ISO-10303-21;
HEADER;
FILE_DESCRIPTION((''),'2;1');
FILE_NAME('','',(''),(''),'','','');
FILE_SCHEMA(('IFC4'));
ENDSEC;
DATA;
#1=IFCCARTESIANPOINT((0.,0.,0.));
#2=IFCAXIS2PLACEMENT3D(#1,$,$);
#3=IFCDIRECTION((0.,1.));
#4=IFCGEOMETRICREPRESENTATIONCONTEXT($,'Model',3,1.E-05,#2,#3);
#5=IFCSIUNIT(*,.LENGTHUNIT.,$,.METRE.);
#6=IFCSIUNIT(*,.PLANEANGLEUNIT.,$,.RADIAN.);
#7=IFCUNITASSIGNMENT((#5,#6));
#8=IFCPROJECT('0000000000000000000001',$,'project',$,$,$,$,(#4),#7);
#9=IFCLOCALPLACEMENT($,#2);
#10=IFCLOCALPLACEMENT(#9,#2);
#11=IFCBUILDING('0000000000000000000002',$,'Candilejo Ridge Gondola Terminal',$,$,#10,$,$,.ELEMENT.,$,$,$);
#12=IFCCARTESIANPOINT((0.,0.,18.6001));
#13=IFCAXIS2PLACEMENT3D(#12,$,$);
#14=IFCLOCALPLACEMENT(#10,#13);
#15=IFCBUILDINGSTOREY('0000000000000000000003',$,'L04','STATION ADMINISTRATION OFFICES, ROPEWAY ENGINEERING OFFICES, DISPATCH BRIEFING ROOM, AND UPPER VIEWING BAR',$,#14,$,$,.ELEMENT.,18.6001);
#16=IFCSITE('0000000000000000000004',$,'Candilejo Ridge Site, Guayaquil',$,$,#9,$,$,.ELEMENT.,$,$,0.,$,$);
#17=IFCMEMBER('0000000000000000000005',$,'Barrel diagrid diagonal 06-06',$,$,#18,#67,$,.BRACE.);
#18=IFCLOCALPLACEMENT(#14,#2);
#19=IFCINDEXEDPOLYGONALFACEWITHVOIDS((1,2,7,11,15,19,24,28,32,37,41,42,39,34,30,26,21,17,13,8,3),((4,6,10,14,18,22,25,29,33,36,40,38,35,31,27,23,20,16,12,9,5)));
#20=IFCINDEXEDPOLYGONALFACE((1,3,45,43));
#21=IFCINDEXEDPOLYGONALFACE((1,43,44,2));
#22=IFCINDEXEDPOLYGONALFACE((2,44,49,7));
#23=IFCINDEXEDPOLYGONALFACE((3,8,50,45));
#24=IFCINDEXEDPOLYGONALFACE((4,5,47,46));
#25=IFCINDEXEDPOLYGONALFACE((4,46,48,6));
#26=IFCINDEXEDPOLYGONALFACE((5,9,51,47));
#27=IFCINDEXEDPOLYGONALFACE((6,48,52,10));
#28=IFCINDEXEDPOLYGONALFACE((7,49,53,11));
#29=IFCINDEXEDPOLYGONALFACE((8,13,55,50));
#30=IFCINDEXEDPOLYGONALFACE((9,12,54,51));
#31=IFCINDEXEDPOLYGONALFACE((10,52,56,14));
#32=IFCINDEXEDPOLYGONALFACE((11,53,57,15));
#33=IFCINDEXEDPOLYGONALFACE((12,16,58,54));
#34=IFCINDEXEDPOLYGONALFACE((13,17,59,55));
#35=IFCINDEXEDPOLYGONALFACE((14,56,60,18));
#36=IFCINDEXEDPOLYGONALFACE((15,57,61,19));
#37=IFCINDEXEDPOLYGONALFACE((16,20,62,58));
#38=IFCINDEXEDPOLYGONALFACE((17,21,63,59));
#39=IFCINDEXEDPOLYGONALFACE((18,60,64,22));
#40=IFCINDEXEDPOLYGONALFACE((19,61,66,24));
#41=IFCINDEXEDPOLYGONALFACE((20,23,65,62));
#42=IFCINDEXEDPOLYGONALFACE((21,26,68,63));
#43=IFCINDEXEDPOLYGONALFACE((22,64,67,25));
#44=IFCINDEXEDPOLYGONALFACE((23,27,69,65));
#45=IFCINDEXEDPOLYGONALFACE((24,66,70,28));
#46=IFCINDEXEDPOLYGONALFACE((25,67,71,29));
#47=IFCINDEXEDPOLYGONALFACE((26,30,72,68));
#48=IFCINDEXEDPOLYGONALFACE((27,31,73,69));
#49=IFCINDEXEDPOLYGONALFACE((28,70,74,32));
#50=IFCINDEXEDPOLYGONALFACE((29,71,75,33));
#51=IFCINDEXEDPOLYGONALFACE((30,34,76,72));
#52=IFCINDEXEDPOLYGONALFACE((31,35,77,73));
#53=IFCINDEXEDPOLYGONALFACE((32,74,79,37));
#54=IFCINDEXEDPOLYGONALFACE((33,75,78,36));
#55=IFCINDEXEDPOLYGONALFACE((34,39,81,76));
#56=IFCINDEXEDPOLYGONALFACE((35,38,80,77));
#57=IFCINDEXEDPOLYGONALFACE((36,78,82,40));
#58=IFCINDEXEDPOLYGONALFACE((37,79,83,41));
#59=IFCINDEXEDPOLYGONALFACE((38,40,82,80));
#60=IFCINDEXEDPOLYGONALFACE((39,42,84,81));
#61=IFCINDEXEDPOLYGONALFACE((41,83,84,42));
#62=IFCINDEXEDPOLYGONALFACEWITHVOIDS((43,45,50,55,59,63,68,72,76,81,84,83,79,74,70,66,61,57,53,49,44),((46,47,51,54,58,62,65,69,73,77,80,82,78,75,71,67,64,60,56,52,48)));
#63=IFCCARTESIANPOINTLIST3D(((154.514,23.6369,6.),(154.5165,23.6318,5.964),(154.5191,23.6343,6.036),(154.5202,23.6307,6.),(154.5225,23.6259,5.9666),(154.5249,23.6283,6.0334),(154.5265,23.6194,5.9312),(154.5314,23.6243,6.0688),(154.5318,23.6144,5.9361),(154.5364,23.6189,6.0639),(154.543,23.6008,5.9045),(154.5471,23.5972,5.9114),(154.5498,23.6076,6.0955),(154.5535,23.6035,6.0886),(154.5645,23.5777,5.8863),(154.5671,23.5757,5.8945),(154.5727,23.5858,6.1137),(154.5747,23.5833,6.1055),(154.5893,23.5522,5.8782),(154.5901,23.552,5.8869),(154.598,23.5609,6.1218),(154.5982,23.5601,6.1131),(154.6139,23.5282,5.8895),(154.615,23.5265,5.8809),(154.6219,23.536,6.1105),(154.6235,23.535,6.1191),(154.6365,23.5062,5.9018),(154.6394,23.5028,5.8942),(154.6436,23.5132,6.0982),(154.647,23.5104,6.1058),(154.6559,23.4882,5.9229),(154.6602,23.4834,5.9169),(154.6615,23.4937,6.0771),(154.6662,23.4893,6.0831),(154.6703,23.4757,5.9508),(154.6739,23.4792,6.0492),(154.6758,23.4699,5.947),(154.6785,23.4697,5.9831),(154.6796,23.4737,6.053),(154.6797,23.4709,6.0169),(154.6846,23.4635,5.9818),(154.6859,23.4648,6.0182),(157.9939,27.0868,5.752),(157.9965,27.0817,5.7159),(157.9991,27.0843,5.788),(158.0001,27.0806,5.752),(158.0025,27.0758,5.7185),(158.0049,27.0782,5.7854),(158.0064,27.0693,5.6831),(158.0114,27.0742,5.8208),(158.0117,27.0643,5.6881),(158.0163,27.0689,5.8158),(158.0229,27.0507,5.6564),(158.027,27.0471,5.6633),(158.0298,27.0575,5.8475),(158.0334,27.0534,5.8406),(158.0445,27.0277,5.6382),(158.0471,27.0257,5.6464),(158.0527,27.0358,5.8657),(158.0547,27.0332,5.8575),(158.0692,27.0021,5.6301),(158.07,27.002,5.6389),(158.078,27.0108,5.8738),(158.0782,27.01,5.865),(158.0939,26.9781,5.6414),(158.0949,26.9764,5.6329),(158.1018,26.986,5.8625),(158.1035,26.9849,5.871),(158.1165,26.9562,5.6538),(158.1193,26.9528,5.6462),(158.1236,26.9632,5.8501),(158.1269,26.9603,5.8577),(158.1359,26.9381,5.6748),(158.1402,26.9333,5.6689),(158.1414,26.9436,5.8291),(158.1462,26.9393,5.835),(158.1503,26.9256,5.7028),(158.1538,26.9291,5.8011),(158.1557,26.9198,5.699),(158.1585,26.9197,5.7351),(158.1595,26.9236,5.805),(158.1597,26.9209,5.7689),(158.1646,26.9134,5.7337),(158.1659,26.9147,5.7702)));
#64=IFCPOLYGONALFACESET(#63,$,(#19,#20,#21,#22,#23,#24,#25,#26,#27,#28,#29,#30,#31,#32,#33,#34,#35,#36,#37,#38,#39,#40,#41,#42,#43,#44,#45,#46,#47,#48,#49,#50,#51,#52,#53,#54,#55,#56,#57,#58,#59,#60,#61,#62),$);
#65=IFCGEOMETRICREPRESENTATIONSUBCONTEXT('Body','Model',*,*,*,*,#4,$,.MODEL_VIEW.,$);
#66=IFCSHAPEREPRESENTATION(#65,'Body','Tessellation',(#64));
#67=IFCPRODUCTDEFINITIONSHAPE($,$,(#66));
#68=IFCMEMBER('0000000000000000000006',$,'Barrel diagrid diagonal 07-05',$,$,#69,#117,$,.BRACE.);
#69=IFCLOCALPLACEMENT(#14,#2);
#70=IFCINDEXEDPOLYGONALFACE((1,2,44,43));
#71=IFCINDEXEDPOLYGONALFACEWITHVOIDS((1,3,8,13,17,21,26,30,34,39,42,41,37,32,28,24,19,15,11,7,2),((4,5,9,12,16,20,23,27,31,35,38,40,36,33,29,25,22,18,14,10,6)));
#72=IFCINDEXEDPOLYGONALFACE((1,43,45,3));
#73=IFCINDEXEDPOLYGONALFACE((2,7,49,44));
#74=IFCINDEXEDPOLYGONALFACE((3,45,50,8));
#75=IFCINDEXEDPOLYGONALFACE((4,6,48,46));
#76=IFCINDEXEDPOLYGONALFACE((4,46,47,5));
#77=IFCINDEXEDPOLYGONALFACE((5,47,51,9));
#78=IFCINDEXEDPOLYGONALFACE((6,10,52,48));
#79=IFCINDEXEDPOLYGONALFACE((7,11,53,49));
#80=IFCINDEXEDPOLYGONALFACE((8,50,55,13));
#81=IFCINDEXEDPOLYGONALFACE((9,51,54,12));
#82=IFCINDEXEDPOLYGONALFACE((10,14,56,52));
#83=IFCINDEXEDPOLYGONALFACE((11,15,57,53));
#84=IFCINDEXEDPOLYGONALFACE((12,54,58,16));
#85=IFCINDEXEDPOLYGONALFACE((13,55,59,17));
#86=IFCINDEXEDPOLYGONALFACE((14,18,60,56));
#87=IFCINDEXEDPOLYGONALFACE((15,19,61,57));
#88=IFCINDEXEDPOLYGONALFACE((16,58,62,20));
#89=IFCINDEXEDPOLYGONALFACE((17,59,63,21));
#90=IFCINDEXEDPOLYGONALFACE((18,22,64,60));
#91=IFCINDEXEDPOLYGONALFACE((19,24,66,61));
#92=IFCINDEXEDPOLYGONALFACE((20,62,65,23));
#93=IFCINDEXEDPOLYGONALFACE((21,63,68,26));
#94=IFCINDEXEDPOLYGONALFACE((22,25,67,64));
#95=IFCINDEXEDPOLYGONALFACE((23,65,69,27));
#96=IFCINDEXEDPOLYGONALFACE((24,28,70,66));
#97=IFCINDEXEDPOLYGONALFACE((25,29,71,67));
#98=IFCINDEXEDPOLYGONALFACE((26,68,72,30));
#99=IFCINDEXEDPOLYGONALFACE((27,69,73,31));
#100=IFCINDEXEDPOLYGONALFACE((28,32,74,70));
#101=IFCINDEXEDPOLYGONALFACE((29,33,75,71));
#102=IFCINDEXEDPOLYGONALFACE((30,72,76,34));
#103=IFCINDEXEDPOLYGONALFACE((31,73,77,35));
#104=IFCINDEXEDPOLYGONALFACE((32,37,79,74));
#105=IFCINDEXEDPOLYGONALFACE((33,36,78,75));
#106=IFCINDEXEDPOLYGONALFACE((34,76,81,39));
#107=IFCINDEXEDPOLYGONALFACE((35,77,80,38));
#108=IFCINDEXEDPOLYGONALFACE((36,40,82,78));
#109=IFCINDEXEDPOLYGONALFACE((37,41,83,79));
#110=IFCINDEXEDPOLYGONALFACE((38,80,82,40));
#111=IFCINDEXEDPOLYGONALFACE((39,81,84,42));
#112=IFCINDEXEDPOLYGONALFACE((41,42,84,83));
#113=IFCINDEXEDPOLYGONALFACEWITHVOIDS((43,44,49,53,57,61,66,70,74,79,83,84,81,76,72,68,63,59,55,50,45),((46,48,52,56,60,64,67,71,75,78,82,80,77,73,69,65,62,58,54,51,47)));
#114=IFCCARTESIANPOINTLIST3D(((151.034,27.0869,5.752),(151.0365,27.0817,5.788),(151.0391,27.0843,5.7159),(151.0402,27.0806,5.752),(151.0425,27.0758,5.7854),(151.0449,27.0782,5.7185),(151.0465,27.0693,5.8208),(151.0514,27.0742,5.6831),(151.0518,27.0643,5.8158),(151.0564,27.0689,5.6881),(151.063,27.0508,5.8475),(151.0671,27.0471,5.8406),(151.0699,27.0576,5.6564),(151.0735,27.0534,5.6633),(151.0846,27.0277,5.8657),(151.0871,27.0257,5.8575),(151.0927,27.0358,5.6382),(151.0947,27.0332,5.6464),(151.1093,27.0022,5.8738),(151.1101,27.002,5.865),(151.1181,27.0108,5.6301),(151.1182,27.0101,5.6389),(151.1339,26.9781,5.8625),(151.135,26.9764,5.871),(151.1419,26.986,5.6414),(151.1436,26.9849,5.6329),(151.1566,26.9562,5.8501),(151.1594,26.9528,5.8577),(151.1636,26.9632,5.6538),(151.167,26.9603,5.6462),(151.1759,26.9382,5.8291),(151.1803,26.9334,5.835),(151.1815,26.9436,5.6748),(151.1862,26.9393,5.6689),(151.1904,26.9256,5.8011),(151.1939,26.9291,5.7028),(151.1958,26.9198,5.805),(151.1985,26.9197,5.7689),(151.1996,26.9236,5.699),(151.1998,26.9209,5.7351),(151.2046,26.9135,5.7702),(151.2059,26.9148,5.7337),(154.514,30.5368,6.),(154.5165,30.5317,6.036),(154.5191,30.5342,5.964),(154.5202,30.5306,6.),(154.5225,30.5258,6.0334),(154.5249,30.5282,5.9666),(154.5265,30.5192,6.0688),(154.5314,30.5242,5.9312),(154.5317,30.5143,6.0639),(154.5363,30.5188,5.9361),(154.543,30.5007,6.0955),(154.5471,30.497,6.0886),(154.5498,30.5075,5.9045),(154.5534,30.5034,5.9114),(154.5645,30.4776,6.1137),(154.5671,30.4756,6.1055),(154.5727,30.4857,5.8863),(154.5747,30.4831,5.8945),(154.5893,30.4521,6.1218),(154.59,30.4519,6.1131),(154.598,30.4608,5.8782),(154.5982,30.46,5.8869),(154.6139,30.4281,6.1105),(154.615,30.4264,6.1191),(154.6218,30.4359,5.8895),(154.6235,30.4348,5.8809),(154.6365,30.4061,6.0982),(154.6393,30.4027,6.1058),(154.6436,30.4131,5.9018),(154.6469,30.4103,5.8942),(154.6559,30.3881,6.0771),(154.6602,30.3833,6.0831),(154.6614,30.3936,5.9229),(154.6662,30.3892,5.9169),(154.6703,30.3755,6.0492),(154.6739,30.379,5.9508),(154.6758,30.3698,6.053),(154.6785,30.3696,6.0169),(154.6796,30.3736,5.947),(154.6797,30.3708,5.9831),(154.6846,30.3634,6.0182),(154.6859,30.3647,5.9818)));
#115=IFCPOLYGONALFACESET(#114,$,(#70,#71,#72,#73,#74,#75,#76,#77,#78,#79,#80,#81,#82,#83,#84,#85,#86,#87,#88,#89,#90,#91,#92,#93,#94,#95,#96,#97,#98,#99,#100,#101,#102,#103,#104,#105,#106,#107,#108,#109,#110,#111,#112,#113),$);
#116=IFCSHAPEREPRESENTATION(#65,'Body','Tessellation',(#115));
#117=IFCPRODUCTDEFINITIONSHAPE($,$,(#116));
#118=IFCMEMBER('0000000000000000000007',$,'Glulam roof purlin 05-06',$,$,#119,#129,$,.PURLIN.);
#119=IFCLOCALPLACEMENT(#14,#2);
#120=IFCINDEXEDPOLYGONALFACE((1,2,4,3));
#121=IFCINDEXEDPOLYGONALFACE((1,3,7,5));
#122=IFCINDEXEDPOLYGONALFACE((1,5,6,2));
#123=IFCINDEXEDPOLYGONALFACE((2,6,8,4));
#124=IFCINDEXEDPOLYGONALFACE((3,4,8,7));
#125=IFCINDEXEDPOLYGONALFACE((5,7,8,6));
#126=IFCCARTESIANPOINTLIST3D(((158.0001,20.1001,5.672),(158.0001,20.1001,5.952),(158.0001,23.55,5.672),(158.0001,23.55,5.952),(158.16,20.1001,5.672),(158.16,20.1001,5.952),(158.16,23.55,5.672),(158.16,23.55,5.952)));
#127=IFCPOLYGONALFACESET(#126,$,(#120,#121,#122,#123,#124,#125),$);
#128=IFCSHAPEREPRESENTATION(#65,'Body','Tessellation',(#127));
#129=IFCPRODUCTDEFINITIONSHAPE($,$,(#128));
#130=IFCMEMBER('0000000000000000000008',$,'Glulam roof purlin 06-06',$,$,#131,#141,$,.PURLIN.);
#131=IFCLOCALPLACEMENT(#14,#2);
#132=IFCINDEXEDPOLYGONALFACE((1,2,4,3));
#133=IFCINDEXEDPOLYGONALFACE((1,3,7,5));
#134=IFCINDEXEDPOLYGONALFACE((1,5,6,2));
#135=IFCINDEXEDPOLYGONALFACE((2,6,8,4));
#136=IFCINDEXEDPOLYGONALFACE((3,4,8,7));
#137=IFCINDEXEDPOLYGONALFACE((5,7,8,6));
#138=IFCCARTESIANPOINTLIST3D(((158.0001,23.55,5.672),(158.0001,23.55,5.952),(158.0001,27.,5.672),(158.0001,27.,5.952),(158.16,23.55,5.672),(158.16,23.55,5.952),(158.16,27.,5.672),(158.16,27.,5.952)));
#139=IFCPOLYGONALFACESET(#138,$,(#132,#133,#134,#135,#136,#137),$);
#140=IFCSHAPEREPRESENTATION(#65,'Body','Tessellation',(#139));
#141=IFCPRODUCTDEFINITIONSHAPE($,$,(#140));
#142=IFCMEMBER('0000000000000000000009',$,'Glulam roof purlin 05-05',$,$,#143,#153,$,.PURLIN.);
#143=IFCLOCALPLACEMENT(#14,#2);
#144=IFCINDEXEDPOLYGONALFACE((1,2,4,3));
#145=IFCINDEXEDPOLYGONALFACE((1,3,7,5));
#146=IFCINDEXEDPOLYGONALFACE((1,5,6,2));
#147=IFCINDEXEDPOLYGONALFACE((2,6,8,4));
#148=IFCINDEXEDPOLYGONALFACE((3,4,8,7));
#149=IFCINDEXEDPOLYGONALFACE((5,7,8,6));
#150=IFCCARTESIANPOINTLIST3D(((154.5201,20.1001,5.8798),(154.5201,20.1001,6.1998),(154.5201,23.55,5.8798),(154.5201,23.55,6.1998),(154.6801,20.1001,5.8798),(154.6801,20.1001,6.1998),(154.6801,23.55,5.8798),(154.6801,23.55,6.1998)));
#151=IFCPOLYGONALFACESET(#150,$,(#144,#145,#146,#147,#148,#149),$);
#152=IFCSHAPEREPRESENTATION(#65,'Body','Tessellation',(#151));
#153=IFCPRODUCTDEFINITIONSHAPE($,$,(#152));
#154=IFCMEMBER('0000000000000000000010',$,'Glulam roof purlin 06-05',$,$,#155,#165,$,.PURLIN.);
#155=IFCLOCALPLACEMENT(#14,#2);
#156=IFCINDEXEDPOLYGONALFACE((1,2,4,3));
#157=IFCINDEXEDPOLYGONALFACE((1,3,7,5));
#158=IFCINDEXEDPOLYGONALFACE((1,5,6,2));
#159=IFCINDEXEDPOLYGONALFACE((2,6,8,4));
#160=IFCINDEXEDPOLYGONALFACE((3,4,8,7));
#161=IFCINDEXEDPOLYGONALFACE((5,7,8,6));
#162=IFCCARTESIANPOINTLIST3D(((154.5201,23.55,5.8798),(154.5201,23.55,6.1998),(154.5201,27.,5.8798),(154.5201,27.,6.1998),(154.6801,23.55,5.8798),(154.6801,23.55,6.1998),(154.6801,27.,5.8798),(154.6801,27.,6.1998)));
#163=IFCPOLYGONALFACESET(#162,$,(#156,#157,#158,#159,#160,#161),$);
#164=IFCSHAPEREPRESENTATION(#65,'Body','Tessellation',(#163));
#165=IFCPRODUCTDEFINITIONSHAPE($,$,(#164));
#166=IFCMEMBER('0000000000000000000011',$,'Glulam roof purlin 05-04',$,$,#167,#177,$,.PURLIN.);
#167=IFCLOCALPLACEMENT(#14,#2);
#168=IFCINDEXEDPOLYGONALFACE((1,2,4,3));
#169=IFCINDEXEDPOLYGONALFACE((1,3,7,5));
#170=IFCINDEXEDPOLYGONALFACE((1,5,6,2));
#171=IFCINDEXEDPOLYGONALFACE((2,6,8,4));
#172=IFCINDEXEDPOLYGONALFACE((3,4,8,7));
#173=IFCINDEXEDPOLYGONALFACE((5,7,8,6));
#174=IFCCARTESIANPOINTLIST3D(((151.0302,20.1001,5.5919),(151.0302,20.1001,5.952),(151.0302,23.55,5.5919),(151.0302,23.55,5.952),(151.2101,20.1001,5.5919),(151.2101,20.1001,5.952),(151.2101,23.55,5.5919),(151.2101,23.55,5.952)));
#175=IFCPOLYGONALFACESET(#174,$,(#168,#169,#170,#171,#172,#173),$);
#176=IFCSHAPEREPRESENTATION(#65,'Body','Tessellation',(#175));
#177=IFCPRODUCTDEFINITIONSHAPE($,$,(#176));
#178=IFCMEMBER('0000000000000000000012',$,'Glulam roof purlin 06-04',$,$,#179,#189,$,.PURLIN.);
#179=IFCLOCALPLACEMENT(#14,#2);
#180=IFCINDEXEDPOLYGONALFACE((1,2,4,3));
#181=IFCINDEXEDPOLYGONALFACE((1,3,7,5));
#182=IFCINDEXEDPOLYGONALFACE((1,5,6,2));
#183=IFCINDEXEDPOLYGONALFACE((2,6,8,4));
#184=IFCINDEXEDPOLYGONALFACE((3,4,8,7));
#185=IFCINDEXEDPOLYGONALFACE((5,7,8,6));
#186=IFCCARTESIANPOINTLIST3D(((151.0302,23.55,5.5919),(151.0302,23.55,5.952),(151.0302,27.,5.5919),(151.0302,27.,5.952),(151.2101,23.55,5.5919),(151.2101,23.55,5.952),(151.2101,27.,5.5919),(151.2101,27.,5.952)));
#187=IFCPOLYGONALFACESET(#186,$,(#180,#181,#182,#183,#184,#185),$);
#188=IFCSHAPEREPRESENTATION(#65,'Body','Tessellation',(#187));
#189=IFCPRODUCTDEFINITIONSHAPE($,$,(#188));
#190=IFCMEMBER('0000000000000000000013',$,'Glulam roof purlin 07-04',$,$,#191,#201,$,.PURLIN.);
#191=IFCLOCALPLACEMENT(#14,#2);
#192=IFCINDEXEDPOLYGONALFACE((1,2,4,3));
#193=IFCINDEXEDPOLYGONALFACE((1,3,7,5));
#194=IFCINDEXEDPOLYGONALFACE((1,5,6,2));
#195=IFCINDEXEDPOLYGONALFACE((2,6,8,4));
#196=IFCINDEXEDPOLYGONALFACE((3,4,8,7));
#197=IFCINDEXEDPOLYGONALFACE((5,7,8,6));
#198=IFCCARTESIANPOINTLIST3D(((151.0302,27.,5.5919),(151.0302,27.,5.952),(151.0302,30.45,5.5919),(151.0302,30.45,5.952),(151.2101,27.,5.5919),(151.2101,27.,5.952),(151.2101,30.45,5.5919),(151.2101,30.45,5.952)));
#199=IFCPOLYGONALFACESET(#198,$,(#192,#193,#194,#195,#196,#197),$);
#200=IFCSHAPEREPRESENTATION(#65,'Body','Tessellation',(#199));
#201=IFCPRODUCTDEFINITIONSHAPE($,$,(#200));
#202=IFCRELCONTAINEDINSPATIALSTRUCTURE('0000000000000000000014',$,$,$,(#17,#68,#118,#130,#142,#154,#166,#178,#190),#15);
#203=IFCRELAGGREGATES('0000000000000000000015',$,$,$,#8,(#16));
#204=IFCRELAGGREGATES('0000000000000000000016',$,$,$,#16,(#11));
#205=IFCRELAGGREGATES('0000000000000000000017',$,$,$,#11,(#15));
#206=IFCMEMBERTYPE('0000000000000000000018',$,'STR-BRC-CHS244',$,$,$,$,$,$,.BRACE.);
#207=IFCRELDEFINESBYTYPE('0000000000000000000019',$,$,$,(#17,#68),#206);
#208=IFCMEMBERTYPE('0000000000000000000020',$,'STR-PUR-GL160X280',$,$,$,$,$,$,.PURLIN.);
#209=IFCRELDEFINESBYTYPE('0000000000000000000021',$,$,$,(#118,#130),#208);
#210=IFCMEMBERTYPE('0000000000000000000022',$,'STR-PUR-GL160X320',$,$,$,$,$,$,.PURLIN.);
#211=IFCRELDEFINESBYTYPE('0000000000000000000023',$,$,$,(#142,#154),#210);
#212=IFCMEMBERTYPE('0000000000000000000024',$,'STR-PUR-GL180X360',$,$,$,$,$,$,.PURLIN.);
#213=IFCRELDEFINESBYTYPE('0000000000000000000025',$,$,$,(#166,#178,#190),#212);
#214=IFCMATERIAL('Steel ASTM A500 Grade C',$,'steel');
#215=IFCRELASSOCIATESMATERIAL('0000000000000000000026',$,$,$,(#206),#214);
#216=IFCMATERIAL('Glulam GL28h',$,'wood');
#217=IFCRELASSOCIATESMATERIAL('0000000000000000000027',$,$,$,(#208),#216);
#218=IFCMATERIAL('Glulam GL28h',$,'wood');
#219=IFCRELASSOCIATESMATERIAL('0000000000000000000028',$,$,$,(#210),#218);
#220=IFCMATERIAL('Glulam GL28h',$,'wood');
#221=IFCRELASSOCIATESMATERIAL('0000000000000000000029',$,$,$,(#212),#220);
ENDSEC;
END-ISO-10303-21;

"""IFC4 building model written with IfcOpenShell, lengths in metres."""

from ifc_helpers import new_model, si_unit, direction, frame, origin, origin_2d, place, context, subcontext, project, spatial, rectangle, hollow_circle, extrude, material, material_profile, profile_set, type_object, element, save


model = new_model("IFC4")

# Units and contexts
model_context = context("Model", 3, precision=1e-05, world=origin(), true_north=direction((0.0, 1.0)))
body_context = subcontext(model_context, "Body", "Model", "MODEL_VIEW")
ifc_project = project(units=[si_unit("LENGTHUNIT", "METRE"), si_unit("PLANEANGLEUNIT", "RADIAN")], contexts=[model_context])

# Site, building, storey
site_placement = place(None, origin())
site = spatial("IfcSite", under=ifc_project, at=site_placement, Name="Candilejo Ridge Site, Guayaquil", CompositionType="ELEMENT", RefElevation=0.0)
building_placement = place(site_placement, origin())
building = spatial("IfcBuilding", under=site, at=building_placement, Name="Candilejo Ridge Gondola Terminal", CompositionType="ELEMENT")
storey_placement = place(building_placement, frame((0.0, 0.0, 18.6001)))
storey = spatial("IfcBuildingStorey", under=building, at=storey_placement, Name="L04", Description="STATION ADMINISTRATION OFFICES, ROPEWAY ENGINEERING OFFICES, DISPATCH BRIEFING ROOM, AND UPPER VIEWING BAR", CompositionType="ELEMENT", Elevation=18.6001)

# Members
ifc_material_1 = material(Name="Steel ASTM A500 Grade C", Category="steel")
ifc_material_profile_1 = material_profile(ifc_material_1, hollow_circle(Radius=0.1223, WallThickness=0.0088, at=origin_2d()))
ifc_profile_set_1 = profile_set([ifc_material_profile_1], Name="Steel ASTM A500 Grade C")
member_type_1 = type_object("IfcMemberType", Name="STR-BRC-CHS244", PredefinedType="BRACE", material=ifc_profile_set_1)
for number, where, z_axis, x_axis, name in (
    (1, (154.6001, 23.55, 6.0), (0.709256, 0.703136, -0.050555), (-0.704036, 0.710164, 0.0), "Barrel diagrid diagonal 06-06"),
    (2, (151.1201, 27.0, 5.752), (0.709256, 0.703136, 0.050555), (-0.704036, 0.710164, 0.0), "Barrel diagrid diagonal 07-05"),
):
    element("IfcMember", number, at=place(storey_placement, frame(where, z_axis=z_axis, x_axis=x_axis)), inside=storey, type_object=member_type_1, Name=name, PredefinedType="BRACE", context=body_context, shape_type="SweptSolid", body=[
        extrude(hollow_circle(Radius=0.1223, WallThickness=0.0088, at=origin_2d()), origin(), (0.0, 0.0, 1.0), 4.9065),
    ])
ifc_material_2 = material(Name="Glulam GL28h", Category="wood")
ifc_material_profile_2 = material_profile(ifc_material_2, rectangle(XDim=0.1599, YDim=0.28, at=origin_2d()))
ifc_profile_set_2 = profile_set([ifc_material_profile_2], Name="Glulam GL28h")
member_type_2 = type_object("IfcMemberType", Name="STR-PUR-GL160X280", PredefinedType="PURLIN", material=ifc_profile_set_2)
for number, where, z_axis, x_axis, name in (
    (3, (158.0801, 20.1001, 5.812), (0.0, 1.0, 0.0), (-1.0, 0.0, 0.0), "Glulam roof purlin 05-06"),
    (4, (158.0801, 23.55, 5.812), (0.0, 1.0, 0.0), (-1.0, 0.0, 0.0), "Glulam roof purlin 06-06"),
):
    element("IfcMember", number, at=place(storey_placement, frame(where, z_axis=z_axis, x_axis=x_axis)), inside=storey, type_object=member_type_2, Name=name, PredefinedType="PURLIN", context=body_context, shape_type="SweptSolid", body=[
        extrude(rectangle(XDim=0.1599, YDim=0.28, at=origin_2d()), origin(), (0.0, 0.0, 1.0), 3.45),
    ])
ifc_material_3 = material(Name="Glulam GL28h", Category="wood")
ifc_material_profile_3 = material_profile(ifc_material_3, rectangle(XDim=0.1599, YDim=0.3201, at=origin_2d()))
ifc_profile_set_3 = profile_set([ifc_material_profile_3], Name="Glulam GL28h")
member_type_3 = type_object("IfcMemberType", Name="STR-PUR-GL160X320", PredefinedType="PURLIN", material=ifc_profile_set_3)
for number, where, z_axis, x_axis, name in (
    (5, (154.6001, 20.1001, 6.0398), (0.0, 1.0, 0.0), (-1.0, 0.0, 0.0), "Glulam roof purlin 05-05"),
    (6, (154.6001, 23.55, 6.0398), (0.0, 1.0, 0.0), (-1.0, 0.0, 0.0), "Glulam roof purlin 06-05"),
):
    element("IfcMember", number, at=place(storey_placement, frame(where, z_axis=z_axis, x_axis=x_axis)), inside=storey, type_object=member_type_3, Name=name, PredefinedType="PURLIN", context=body_context, shape_type="SweptSolid", body=[
        extrude(rectangle(XDim=0.1599, YDim=0.3201, at=origin_2d()), origin(), (0.0, 0.0, 1.0), 3.45),
    ])
ifc_material_4 = material(Name="Glulam GL28h", Category="wood")
ifc_material_profile_4 = material_profile(ifc_material_4, rectangle(XDim=0.1799, YDim=0.3601, at=origin_2d()))
ifc_profile_set_4 = profile_set([ifc_material_profile_4], Name="Glulam GL28h")
member_type_4 = type_object("IfcMemberType", Name="STR-PUR-GL180X360", PredefinedType="PURLIN", material=ifc_profile_set_4)
for number, where, z_axis, x_axis, name in (
    (7, (151.1201, 20.1001, 5.772), (0.0, 1.0, 0.0), (-1.0, 0.0, 0.0), "Glulam roof purlin 05-04"),
    (8, (151.1201, 23.55, 5.772), (0.0, 1.0, 0.0), (-1.0, 0.0, 0.0), "Glulam roof purlin 06-04"),
    (9, (151.1201, 27.0, 5.772), (0.0, 1.0, 0.0), (-1.0, 0.0, 0.0), "Glulam roof purlin 07-04"),
):
    element("IfcMember", number, at=place(storey_placement, frame(where, z_axis=z_axis, x_axis=x_axis)), inside=storey, type_object=member_type_4, Name=name, PredefinedType="PURLIN", context=body_context, shape_type="SweptSolid", body=[
        extrude(rectangle(XDim=0.1799, YDim=0.3601, at=origin_2d()), origin(), (0.0, 0.0, 1.0), 3.45),
    ])

save(model, "model.ifc")
